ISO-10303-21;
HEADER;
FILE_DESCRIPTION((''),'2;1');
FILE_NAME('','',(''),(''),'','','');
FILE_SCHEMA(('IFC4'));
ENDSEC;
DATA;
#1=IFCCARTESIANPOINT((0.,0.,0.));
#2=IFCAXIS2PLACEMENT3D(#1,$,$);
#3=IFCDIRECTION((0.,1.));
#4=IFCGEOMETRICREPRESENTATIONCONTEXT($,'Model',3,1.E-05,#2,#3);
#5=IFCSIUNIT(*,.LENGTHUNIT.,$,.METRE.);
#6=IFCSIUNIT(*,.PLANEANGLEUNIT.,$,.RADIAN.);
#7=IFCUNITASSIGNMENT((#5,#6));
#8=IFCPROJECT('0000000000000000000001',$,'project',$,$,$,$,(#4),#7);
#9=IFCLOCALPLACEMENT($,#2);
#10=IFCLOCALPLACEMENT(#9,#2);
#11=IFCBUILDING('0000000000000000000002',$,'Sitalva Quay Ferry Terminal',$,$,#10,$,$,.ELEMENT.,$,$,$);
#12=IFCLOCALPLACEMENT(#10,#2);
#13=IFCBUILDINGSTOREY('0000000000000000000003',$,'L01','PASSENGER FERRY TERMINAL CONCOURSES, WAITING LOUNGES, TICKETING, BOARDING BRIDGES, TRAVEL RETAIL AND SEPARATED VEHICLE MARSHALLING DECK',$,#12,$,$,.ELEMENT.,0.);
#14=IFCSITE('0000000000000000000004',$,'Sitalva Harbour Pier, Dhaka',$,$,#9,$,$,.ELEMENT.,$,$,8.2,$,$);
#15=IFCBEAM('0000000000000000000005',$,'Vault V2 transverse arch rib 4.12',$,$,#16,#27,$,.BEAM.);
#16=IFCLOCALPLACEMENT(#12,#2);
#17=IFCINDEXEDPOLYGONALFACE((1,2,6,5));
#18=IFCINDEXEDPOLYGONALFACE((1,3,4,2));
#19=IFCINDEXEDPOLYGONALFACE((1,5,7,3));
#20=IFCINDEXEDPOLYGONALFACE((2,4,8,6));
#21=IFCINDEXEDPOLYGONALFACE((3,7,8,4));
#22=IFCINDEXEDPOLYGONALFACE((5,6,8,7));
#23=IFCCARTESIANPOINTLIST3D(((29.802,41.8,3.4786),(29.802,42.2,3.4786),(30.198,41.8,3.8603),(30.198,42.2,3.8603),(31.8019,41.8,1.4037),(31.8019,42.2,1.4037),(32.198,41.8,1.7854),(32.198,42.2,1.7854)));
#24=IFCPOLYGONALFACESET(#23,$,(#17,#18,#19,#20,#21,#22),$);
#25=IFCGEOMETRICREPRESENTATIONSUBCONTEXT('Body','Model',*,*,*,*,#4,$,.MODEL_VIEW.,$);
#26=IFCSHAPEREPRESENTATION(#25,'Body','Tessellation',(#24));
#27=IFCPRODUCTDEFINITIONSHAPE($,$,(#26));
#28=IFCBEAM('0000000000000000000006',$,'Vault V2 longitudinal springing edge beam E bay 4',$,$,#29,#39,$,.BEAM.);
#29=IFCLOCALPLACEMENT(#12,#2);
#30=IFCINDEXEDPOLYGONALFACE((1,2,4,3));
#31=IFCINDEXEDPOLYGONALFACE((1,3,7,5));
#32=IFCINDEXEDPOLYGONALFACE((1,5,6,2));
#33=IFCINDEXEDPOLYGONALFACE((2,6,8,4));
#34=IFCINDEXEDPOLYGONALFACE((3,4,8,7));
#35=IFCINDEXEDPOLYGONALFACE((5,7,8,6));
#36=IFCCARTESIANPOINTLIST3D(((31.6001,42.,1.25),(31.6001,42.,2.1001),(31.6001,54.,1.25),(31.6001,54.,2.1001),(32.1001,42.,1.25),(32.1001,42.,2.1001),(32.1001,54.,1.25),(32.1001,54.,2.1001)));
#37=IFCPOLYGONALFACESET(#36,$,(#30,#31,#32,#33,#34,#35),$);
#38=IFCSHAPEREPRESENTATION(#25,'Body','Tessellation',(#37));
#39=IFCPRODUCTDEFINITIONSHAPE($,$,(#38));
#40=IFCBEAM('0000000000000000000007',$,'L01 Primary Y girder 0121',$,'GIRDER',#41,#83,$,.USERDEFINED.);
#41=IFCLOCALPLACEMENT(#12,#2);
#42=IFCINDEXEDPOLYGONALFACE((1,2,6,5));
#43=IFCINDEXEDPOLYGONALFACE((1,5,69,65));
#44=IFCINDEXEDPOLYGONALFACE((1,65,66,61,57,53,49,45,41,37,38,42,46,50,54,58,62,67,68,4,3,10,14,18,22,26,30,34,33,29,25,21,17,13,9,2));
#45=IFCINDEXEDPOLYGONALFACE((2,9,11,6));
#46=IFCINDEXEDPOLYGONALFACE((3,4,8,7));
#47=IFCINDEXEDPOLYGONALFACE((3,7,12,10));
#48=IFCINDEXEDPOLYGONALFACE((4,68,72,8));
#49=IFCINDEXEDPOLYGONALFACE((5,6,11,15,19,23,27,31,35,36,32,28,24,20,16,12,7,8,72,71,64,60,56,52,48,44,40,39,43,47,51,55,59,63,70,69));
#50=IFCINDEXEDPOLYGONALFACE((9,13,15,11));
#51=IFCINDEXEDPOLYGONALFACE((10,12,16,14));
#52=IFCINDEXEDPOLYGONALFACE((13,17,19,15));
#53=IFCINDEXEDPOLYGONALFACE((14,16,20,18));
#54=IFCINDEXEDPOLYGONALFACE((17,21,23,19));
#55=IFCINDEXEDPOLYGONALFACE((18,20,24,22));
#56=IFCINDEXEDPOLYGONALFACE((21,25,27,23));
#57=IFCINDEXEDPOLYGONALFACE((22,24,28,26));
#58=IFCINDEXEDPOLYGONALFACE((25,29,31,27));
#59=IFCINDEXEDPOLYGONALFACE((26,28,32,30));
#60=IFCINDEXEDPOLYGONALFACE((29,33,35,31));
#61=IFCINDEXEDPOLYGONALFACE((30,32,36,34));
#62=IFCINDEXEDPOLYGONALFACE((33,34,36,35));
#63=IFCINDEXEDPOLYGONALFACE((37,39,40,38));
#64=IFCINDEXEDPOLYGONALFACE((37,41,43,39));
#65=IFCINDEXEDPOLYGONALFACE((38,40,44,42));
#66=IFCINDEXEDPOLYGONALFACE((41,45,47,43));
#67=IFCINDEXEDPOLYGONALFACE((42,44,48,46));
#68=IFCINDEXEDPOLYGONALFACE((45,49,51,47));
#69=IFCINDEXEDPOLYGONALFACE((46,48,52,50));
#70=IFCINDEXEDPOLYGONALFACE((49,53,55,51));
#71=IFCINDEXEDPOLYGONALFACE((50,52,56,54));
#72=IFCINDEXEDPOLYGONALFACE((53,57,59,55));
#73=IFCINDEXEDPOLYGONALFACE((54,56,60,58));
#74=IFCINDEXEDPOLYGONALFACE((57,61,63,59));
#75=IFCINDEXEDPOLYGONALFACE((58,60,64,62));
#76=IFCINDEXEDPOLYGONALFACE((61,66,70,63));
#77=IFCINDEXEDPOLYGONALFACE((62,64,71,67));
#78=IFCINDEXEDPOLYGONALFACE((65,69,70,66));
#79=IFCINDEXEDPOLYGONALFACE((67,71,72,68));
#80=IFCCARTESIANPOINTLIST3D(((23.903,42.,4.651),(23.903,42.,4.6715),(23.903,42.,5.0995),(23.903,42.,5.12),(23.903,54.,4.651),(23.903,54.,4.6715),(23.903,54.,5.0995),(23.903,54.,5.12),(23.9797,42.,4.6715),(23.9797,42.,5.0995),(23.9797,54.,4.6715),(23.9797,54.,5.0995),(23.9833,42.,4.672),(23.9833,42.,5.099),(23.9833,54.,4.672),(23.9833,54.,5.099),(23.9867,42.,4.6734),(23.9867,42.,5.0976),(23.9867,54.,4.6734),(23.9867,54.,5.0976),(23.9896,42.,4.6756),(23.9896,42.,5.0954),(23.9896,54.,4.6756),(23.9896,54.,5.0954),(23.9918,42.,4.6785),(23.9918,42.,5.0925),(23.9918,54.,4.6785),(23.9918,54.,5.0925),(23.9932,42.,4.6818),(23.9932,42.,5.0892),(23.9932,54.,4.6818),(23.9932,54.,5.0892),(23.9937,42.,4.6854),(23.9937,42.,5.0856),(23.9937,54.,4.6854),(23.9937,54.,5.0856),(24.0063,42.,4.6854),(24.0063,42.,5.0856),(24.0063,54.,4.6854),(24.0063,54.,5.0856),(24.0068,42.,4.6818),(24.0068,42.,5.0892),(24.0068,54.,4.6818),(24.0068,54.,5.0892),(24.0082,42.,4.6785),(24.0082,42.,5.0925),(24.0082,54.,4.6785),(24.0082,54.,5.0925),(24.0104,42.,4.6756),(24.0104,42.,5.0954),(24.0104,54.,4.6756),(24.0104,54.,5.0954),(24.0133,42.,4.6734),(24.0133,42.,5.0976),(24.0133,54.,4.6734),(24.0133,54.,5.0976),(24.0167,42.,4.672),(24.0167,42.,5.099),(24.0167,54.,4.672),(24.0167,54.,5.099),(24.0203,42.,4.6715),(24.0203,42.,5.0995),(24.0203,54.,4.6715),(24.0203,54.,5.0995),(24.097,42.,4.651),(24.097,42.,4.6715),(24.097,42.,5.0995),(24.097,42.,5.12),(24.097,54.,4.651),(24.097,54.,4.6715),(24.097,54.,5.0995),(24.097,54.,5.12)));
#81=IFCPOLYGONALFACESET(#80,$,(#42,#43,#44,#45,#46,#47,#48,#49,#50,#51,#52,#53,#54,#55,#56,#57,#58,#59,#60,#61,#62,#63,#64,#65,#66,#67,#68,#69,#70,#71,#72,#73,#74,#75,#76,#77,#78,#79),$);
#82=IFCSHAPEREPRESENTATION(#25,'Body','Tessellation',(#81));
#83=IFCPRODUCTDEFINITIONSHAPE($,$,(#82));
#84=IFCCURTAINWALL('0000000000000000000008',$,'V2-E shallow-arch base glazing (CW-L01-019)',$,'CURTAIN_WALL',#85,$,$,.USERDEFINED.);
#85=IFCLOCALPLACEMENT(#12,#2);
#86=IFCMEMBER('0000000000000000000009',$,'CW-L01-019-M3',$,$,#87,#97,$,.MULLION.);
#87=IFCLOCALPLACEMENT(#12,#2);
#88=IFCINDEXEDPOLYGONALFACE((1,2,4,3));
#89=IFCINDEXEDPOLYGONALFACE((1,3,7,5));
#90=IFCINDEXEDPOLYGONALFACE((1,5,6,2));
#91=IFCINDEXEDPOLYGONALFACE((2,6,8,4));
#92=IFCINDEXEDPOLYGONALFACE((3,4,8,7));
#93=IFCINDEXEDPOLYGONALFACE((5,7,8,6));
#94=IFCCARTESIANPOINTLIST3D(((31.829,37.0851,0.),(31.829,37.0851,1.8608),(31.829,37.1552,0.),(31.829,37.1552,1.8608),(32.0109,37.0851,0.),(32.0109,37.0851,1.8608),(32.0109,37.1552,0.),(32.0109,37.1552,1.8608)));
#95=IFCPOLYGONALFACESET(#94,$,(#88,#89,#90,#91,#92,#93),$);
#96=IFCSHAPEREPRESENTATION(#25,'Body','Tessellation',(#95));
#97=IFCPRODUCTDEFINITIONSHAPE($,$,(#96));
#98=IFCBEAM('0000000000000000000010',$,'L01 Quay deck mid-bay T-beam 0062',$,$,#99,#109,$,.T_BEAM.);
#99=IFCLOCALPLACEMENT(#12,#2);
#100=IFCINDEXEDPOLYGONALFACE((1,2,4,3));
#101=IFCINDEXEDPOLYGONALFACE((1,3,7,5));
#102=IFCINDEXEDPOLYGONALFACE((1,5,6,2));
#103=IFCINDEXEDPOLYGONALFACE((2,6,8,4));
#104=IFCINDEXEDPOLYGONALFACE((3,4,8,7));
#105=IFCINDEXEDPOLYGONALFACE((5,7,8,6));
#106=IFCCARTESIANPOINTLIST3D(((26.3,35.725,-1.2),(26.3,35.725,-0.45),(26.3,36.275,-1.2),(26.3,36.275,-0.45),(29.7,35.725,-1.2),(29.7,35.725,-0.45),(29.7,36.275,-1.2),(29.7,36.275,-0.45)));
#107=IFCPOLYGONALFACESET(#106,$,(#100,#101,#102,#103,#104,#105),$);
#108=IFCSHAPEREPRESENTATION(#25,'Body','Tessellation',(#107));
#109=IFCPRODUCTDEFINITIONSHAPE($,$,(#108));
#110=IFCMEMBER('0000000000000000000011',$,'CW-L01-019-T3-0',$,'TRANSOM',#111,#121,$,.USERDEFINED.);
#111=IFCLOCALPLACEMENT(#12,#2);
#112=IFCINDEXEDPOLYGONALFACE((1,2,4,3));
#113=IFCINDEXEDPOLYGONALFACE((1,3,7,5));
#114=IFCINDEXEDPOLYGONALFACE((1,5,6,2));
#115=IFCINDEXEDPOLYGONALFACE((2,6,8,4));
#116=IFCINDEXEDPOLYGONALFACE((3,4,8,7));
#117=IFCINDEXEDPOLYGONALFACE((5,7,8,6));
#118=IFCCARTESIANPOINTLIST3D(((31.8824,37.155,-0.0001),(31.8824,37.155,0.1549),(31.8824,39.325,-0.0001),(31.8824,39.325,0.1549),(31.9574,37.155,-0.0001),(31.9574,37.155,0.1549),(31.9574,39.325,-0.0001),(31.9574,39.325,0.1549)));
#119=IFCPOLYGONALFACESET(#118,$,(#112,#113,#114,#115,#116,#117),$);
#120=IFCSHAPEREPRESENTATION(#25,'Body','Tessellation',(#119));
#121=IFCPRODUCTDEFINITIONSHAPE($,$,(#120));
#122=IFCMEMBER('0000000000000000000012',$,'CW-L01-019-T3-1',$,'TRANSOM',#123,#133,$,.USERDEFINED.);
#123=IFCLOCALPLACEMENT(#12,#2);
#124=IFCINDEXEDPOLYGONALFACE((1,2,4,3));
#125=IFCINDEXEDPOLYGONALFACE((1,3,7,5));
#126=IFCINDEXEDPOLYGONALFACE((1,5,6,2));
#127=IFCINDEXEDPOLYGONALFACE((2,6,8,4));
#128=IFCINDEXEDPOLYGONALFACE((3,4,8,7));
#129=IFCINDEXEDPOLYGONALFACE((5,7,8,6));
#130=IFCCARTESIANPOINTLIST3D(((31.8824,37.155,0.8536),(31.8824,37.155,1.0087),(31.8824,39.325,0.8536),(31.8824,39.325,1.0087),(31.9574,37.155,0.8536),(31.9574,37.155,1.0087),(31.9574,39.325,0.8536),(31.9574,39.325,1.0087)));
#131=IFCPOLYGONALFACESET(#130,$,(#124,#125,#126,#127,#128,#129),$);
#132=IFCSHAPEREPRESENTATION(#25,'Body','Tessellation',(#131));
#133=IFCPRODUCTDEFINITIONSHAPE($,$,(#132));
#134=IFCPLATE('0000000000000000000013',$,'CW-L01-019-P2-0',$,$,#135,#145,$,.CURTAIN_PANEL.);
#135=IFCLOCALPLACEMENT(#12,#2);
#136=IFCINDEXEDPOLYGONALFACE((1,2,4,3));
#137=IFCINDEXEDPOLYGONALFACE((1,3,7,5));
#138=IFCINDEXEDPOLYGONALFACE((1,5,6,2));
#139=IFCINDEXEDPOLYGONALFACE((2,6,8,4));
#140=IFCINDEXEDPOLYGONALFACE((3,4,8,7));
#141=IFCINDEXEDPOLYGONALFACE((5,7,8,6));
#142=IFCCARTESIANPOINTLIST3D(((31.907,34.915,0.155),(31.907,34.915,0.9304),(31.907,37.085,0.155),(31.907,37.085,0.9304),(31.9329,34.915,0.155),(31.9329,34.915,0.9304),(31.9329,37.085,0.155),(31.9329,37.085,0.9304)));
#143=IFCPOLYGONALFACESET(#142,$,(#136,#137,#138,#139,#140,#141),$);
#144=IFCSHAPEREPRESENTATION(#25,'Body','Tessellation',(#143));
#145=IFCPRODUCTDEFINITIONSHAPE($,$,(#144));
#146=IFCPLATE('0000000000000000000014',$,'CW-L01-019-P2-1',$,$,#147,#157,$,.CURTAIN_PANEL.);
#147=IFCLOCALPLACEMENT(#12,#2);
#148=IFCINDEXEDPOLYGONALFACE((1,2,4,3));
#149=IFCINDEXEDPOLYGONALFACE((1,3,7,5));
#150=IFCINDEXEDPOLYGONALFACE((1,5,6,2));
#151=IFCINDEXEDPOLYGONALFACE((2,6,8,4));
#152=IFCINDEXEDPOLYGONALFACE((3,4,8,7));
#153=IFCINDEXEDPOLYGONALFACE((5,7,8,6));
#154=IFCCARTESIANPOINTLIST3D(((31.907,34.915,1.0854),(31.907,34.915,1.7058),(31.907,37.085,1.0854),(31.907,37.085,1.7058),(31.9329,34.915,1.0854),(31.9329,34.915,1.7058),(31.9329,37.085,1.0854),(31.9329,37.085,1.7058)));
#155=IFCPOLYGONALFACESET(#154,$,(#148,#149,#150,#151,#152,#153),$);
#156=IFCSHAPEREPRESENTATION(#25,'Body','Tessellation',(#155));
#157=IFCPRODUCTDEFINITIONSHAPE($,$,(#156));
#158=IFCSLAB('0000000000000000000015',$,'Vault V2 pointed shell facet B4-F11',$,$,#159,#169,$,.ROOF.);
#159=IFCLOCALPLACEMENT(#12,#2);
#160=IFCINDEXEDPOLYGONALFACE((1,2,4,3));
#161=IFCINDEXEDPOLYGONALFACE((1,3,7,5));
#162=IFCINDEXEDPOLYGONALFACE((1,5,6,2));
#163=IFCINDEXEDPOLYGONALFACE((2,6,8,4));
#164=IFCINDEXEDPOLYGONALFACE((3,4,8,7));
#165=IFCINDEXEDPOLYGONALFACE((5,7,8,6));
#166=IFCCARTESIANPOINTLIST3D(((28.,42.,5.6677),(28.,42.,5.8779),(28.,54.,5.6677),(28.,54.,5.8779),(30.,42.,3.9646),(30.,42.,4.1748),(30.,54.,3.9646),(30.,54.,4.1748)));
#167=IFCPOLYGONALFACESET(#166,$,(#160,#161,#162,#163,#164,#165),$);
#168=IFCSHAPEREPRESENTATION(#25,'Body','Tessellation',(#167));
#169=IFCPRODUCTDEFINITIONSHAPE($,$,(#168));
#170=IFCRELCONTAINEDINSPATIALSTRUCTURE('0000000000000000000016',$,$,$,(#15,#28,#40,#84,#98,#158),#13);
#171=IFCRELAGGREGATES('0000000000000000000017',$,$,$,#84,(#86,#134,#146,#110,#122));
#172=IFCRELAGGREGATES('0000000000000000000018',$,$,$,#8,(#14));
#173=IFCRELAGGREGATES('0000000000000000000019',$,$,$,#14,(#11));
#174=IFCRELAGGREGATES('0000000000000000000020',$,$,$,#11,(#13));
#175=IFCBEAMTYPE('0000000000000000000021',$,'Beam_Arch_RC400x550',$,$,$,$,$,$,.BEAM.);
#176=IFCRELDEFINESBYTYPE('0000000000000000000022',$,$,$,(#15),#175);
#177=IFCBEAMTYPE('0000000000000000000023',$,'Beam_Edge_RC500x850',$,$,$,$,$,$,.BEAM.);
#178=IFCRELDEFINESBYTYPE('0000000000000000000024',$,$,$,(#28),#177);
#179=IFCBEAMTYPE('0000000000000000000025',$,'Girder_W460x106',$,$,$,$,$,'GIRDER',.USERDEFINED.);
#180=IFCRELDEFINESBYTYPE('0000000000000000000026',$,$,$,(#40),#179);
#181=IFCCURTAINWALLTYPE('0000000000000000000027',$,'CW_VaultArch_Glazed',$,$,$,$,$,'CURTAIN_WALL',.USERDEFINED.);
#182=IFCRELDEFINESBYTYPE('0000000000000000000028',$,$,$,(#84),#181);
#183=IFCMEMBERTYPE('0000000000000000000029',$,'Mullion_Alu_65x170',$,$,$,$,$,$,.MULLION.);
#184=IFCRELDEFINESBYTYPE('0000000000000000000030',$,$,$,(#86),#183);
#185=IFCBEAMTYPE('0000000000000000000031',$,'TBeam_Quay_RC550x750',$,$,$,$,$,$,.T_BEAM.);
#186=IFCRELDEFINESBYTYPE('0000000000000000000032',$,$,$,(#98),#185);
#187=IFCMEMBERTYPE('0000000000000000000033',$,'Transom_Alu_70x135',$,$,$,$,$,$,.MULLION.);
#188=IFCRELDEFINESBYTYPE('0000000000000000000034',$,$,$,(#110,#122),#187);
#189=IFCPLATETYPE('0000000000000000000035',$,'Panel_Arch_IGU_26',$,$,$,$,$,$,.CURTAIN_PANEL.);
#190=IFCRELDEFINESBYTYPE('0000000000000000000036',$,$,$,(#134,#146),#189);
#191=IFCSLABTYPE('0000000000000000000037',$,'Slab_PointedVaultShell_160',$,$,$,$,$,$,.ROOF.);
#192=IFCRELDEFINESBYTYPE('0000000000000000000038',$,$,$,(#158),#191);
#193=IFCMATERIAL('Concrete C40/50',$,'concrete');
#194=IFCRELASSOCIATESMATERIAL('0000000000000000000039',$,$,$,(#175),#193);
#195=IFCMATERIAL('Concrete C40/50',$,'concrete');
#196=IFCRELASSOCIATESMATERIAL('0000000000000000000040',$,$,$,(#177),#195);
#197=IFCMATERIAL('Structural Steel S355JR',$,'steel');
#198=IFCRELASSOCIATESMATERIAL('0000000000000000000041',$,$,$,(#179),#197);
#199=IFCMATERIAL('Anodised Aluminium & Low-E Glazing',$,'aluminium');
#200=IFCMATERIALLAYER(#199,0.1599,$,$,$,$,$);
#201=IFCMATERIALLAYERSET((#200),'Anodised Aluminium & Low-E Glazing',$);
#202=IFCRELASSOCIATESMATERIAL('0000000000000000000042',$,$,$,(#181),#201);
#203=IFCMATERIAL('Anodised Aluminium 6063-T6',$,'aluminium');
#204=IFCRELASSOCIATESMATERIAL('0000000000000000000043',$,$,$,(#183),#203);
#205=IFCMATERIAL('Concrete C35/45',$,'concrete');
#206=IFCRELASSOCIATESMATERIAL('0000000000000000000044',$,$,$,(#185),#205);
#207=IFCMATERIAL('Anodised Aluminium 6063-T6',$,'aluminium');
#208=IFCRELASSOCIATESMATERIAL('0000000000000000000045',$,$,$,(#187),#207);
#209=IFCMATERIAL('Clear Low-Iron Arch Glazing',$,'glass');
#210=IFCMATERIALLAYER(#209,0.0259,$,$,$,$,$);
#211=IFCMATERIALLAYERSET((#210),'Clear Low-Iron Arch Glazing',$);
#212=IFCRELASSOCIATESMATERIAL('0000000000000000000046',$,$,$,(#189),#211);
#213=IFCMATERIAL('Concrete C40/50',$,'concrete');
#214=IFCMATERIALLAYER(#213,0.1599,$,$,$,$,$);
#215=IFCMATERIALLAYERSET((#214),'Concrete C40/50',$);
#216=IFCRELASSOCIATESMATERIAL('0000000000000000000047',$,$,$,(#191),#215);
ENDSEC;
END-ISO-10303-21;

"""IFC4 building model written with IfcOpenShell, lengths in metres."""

from ifc_helpers import new_model, si_unit, direction, frame, origin, origin_2d, place, context, subcontext, project, spatial, polyline, rectangle, i_section, outline, extrude, material, layer, layer_set, material_profile, profile_set, type_object, element, aggregate, save


model = new_model("IFC4")

# Units and contexts
model_context = context("Model", 3, precision=1e-05, world=origin(), true_north=direction((0.0, 1.0)))
body_context = subcontext(model_context, "Body", "Model", "MODEL_VIEW")
ifc_project = project(units=[si_unit("LENGTHUNIT", "METRE"), si_unit("PLANEANGLEUNIT", "RADIAN")], contexts=[model_context])

# Site, building, storey
site_placement = place(None, origin())
site = spatial("IfcSite", under=ifc_project, at=site_placement, Name="Sitalva Harbour Pier, Dhaka", CompositionType="ELEMENT", RefElevation=8.2)
building_placement = place(site_placement, origin())
building = spatial("IfcBuilding", under=site, at=building_placement, Name="Sitalva Quay Ferry Terminal", CompositionType="ELEMENT")
storey_placement = place(building_placement, origin())
storey = spatial("IfcBuildingStorey", under=building, at=storey_placement, Name="L01", Description="PASSENGER FERRY TERMINAL CONCOURSES, WAITING LOUNGES, TICKETING, BOARDING BRIDGES, TRAVEL RETAIL AND SEPARATED VEHICLE MARSHALLING DECK", CompositionType="ELEMENT", Elevation=0.0)

# Beams
ifc_material_1 = material(Name="Concrete C40/50", Category="concrete")
ifc_material_profile_1 = material_profile(ifc_material_1, rectangle(XDim=0.3999, YDim=0.55, at=origin_2d()), Name="RC400x550")
ifc_profile_set_1 = profile_set([ifc_material_profile_1], Name="Concrete C40/50")
beam_type_1 = type_object("IfcBeamType", Name="Beam_Arch_RC400x550", PredefinedType="BEAM", material=ifc_profile_set_1)
beam_1_placement = place(storey_placement, frame((30.0, 42.0, 3.6694), z_axis=(0.693983, 0.0, -0.719991), x_axis=(0.0, 1.0, 0.0)))
element("IfcBeam", 1, at=beam_1_placement, inside=storey, type_object=beam_type_1, Name="Vault V2 transverse arch rib 4.12", PredefinedType="BEAM", context=body_context, shape_type="SweptSolid", body=[
    extrude(rectangle(XDim=0.3999, YDim=0.55, at=origin_2d()), origin(), (0.0, 0.0, 1.0), 2.8818),
])
ifc_material_2 = material(Name="Concrete C40/50", Category="concrete")
ifc_material_profile_2 = material_profile(ifc_material_2, rectangle(XDim=0.5, YDim=0.8501, at=origin_2d()), Name="RC500x850")
ifc_profile_set_2 = profile_set([ifc_material_profile_2], Name="Concrete C40/50")
beam_type_2 = type_object("IfcBeamType", Name="Beam_Edge_RC500x850", PredefinedType="BEAM", material=ifc_profile_set_2)
beam_2_placement = place(storey_placement, frame((31.8501, 42.0, 1.675), z_axis=(0.0, 1.0, 0.0), x_axis=(-1.0, 0.0, 0.0)))
element("IfcBeam", 2, at=beam_2_placement, inside=storey, type_object=beam_type_2, Name="Vault V2 longitudinal springing edge beam E bay 4", PredefinedType="BEAM", context=body_context, shape_type="SweptSolid", body=[
    extrude(rectangle(XDim=0.5, YDim=0.8501, at=origin_2d()), origin(), (0.0, 0.0, 1.0), 12.0),
])
ifc_material_3 = material(Name="Structural Steel S355JR", Category="steel")
ifc_material_profile_3 = material_profile(ifc_material_3, i_section(OverallWidth=0.1941, OverallDepth=0.469, WebThickness=0.0127, FlangeThickness=0.0205, FilletRadius=0.0139, at=origin_2d()), Name="W460x106")
ifc_profile_set_3 = profile_set([ifc_material_profile_3], Name="Structural Steel S355JR")
beam_type_3 = type_object("IfcBeamType", Name="Girder_W460x106", ElementType="GIRDER", PredefinedType="USERDEFINED", material=ifc_profile_set_3)
beam_3_placement = place(storey_placement, frame((24.0, 42.0, 4.8855), z_axis=(0.0, 1.0, 0.0), x_axis=(-1.0, 0.0, 0.0)))
element("IfcBeam", 3, at=beam_3_placement, inside=storey, type_object=beam_type_3, Name="L01 Primary Y girder 0121", ObjectType="GIRDER", PredefinedType="USERDEFINED", context=body_context, shape_type="SweptSolid", body=[
    extrude(i_section(OverallWidth=0.1941, OverallDepth=0.469, WebThickness=0.0127, FlangeThickness=0.0205, FilletRadius=0.0139, at=origin_2d()), origin(), (0.0, 0.0, 1.0), 12.0),
])

# Curtain wall, member
ifc_material_4 = material(Name="Anodised Aluminium & Low-E Glazing", Category="aluminium")
ifc_layer_1 = layer(ifc_material_4, 0.1599)
ifc_layer_set_1 = layer_set([ifc_layer_1], Name="Anodised Aluminium & Low-E Glazing")
curtain_wall_type = type_object("IfcCurtainWallType", Name="CW_VaultArch_Glazed", ElementType="CURTAIN_WALL", PredefinedType="USERDEFINED", material=ifc_layer_set_1)
curtain_wall_placement = place(storey_placement, origin())
curtain_wall = element("IfcCurtainWall", 4, at=curtain_wall_placement, inside=storey, type_object=curtain_wall_type, Name="V2-E shallow-arch base glazing (CW-L01-019)", ObjectType="CURTAIN_WALL", PredefinedType="USERDEFINED")
ifc_material_5 = material(Name="Anodised Aluminium 6063-T6", Category="aluminium")
ifc_material_profile_4 = material_profile(ifc_material_5, rectangle(XDim=0.0701, YDim=0.1819, at=origin_2d()), Name="ALU70x182")
ifc_profile_set_4 = profile_set([ifc_material_profile_4], Name="Anodised Aluminium 6063-T6")
member_type_1 = type_object("IfcMemberType", Name="Mullion_Alu_65x170", PredefinedType="MULLION", material=ifc_profile_set_4)
member_1_placement = place(storey_placement, frame((31.9199, 37.1201, 0.0), z_axis=(0.0, 0.0, 1.0), x_axis=(0.0, 1.0, 0.0)))
member_1 = element("IfcMember", 5, at=member_1_placement, type_object=member_type_1, Name="CW-L01-019-M3", PredefinedType="MULLION", context=body_context, shape_type="SweptSolid", body=[
    extrude(rectangle(XDim=0.0701, YDim=0.1819, at=origin_2d()), origin(), (0.0, 0.0, 1.0), 1.8608),
])

# Beam
ifc_material_6 = material(Name="Concrete C35/45", Category="concrete")
ifc_material_profile_5 = material_profile(ifc_material_6, rectangle(XDim=0.55, YDim=0.75, at=origin_2d()), Name="RC550x750")
ifc_profile_set_5 = profile_set([ifc_material_profile_5], Name="Concrete C35/45")
beam_type_4 = type_object("IfcBeamType", Name="TBeam_Quay_RC550x750", PredefinedType="T_BEAM", material=ifc_profile_set_5)
beam_4_placement = place(storey_placement, frame((26.3, 36.0, -0.825), z_axis=(1.0, 0.0, 0.0), x_axis=(0.0, 1.0, 0.0)))
element("IfcBeam", 6, at=beam_4_placement, inside=storey, type_object=beam_type_4, Name="L01 Quay deck mid-bay T-beam 0062", PredefinedType="T_BEAM", context=body_context, shape_type="SweptSolid", body=[
    extrude(rectangle(XDim=0.55, YDim=0.75, at=origin_2d()), origin(), (0.0, 0.0, 1.0), 3.3999),
])

# Members
ifc_material_7 = material(Name="Anodised Aluminium 6063-T6", Category="aluminium")
ifc_material_profile_6 = material_profile(ifc_material_7, rectangle(XDim=0.075, YDim=0.155, at=origin_2d()), Name="ALU75x155")
ifc_profile_set_6 = profile_set([ifc_material_profile_6], Name="Anodised Aluminium 6063-T6")
member_type_2 = type_object("IfcMemberType", Name="Transom_Alu_70x135", PredefinedType="MULLION", material=ifc_profile_set_6)
member_2_placement = place(storey_placement, frame((31.9199, 37.155, 0.0774), z_axis=(0.0, 1.0, 0.0), x_axis=(-1.0, 0.0, 0.0)))
member_2 = element("IfcMember", 7, at=member_2_placement, type_object=member_type_2, Name="CW-L01-019-T3-0", ObjectType="TRANSOM", PredefinedType="USERDEFINED", context=body_context, shape_type="SweptSolid", body=[
    extrude(rectangle(XDim=0.075, YDim=0.155, at=origin_2d()), origin(), (0.0, 0.0, 1.0), 2.1699),
])
member_3_placement = place(storey_placement, frame((31.9199, 37.155, 0.9312), z_axis=(0.0, 1.0, 0.0), x_axis=(-1.0, 0.0, 0.0)))
member_3 = element("IfcMember", 8, at=member_3_placement, type_object=member_type_2, Name="CW-L01-019-T3-1", ObjectType="TRANSOM", PredefinedType="USERDEFINED", context=body_context, shape_type="SweptSolid", body=[
    extrude(rectangle(XDim=0.075, YDim=0.155, at=origin_2d()), origin(), (0.0, 0.0, 1.0), 2.1699),
])

# Plates
ifc_material_8 = material(Name="Clear Low-Iron Arch Glazing", Category="glass")
ifc_layer_2 = layer(ifc_material_8, 0.0259)
ifc_layer_set_2 = layer_set([ifc_layer_2], Name="Clear Low-Iron Arch Glazing")
plate_type = type_object("IfcPlateType", Name="Panel_Arch_IGU_26", PredefinedType="CURTAIN_PANEL", material=ifc_layer_set_2)
plate_1_placement = place(storey_placement, frame((31.9199, 36.0, 0.155), z_axis=(0.0, 0.0, 1.0), x_axis=(0.0, 1.0, 0.0)))
plate_1 = element("IfcPlate", 9, at=plate_1_placement, type_object=plate_type, Name="CW-L01-019-P2-0", PredefinedType="CURTAIN_PANEL", context=body_context, shape_type="SweptSolid", body=[
    extrude(rectangle(XDim=2.1699, YDim=0.0259, at=origin_2d()), origin(), (0.0, 0.0, 1.0), 0.7754),
])
plate_2_placement = place(storey_placement, frame((31.9199, 36.0, 1.0854), z_axis=(0.0, 0.0, 1.0), x_axis=(0.0, 1.0, 0.0)))
plate_2 = element("IfcPlate", 10, at=plate_2_placement, type_object=plate_type, Name="CW-L01-019-P2-1", PredefinedType="CURTAIN_PANEL", context=body_context, shape_type="SweptSolid", body=[
    extrude(rectangle(XDim=2.1699, YDim=0.0259, at=origin_2d()), origin(), (0.0, 0.0, 1.0), 0.6204),
])
aggregate(curtain_wall, [member_1, plate_1, plate_2, member_2, member_3])

# Slab
ifc_material_9 = material(Name="Concrete C40/50", Category="concrete")
ifc_layer_3 = layer(ifc_material_9, 0.1599)
ifc_layer_set_3 = layer_set([ifc_layer_3], Name="Concrete C40/50")
slab_type = type_object("IfcSlabType", Name="Slab_PointedVaultShell_160", PredefinedType="ROOF", material=ifc_layer_set_3)
slab_1_placement = place(storey_placement, frame((28.0, 42.0, 5.8779), z_axis=(0.648339, 0.0, 0.761352), x_axis=(0.761352, 0.0, -0.648339)))
element("IfcSlab", 11, at=slab_1_placement, inside=storey, type_object=slab_type, Name="Vault V2 pointed shell facet B4-F11", PredefinedType="ROOF", context=body_context, shape_type="SweptSolid", body=[
    extrude(outline(polyline([(0.0, 0.0), (2.6269, 0.0), (2.6269, 12.0), (0.0, 12.0), (0.0, 0.0)])), origin(), (0.648339, 0.0, -0.761352), 0.2102),
])

save(model, "model.ifc")
